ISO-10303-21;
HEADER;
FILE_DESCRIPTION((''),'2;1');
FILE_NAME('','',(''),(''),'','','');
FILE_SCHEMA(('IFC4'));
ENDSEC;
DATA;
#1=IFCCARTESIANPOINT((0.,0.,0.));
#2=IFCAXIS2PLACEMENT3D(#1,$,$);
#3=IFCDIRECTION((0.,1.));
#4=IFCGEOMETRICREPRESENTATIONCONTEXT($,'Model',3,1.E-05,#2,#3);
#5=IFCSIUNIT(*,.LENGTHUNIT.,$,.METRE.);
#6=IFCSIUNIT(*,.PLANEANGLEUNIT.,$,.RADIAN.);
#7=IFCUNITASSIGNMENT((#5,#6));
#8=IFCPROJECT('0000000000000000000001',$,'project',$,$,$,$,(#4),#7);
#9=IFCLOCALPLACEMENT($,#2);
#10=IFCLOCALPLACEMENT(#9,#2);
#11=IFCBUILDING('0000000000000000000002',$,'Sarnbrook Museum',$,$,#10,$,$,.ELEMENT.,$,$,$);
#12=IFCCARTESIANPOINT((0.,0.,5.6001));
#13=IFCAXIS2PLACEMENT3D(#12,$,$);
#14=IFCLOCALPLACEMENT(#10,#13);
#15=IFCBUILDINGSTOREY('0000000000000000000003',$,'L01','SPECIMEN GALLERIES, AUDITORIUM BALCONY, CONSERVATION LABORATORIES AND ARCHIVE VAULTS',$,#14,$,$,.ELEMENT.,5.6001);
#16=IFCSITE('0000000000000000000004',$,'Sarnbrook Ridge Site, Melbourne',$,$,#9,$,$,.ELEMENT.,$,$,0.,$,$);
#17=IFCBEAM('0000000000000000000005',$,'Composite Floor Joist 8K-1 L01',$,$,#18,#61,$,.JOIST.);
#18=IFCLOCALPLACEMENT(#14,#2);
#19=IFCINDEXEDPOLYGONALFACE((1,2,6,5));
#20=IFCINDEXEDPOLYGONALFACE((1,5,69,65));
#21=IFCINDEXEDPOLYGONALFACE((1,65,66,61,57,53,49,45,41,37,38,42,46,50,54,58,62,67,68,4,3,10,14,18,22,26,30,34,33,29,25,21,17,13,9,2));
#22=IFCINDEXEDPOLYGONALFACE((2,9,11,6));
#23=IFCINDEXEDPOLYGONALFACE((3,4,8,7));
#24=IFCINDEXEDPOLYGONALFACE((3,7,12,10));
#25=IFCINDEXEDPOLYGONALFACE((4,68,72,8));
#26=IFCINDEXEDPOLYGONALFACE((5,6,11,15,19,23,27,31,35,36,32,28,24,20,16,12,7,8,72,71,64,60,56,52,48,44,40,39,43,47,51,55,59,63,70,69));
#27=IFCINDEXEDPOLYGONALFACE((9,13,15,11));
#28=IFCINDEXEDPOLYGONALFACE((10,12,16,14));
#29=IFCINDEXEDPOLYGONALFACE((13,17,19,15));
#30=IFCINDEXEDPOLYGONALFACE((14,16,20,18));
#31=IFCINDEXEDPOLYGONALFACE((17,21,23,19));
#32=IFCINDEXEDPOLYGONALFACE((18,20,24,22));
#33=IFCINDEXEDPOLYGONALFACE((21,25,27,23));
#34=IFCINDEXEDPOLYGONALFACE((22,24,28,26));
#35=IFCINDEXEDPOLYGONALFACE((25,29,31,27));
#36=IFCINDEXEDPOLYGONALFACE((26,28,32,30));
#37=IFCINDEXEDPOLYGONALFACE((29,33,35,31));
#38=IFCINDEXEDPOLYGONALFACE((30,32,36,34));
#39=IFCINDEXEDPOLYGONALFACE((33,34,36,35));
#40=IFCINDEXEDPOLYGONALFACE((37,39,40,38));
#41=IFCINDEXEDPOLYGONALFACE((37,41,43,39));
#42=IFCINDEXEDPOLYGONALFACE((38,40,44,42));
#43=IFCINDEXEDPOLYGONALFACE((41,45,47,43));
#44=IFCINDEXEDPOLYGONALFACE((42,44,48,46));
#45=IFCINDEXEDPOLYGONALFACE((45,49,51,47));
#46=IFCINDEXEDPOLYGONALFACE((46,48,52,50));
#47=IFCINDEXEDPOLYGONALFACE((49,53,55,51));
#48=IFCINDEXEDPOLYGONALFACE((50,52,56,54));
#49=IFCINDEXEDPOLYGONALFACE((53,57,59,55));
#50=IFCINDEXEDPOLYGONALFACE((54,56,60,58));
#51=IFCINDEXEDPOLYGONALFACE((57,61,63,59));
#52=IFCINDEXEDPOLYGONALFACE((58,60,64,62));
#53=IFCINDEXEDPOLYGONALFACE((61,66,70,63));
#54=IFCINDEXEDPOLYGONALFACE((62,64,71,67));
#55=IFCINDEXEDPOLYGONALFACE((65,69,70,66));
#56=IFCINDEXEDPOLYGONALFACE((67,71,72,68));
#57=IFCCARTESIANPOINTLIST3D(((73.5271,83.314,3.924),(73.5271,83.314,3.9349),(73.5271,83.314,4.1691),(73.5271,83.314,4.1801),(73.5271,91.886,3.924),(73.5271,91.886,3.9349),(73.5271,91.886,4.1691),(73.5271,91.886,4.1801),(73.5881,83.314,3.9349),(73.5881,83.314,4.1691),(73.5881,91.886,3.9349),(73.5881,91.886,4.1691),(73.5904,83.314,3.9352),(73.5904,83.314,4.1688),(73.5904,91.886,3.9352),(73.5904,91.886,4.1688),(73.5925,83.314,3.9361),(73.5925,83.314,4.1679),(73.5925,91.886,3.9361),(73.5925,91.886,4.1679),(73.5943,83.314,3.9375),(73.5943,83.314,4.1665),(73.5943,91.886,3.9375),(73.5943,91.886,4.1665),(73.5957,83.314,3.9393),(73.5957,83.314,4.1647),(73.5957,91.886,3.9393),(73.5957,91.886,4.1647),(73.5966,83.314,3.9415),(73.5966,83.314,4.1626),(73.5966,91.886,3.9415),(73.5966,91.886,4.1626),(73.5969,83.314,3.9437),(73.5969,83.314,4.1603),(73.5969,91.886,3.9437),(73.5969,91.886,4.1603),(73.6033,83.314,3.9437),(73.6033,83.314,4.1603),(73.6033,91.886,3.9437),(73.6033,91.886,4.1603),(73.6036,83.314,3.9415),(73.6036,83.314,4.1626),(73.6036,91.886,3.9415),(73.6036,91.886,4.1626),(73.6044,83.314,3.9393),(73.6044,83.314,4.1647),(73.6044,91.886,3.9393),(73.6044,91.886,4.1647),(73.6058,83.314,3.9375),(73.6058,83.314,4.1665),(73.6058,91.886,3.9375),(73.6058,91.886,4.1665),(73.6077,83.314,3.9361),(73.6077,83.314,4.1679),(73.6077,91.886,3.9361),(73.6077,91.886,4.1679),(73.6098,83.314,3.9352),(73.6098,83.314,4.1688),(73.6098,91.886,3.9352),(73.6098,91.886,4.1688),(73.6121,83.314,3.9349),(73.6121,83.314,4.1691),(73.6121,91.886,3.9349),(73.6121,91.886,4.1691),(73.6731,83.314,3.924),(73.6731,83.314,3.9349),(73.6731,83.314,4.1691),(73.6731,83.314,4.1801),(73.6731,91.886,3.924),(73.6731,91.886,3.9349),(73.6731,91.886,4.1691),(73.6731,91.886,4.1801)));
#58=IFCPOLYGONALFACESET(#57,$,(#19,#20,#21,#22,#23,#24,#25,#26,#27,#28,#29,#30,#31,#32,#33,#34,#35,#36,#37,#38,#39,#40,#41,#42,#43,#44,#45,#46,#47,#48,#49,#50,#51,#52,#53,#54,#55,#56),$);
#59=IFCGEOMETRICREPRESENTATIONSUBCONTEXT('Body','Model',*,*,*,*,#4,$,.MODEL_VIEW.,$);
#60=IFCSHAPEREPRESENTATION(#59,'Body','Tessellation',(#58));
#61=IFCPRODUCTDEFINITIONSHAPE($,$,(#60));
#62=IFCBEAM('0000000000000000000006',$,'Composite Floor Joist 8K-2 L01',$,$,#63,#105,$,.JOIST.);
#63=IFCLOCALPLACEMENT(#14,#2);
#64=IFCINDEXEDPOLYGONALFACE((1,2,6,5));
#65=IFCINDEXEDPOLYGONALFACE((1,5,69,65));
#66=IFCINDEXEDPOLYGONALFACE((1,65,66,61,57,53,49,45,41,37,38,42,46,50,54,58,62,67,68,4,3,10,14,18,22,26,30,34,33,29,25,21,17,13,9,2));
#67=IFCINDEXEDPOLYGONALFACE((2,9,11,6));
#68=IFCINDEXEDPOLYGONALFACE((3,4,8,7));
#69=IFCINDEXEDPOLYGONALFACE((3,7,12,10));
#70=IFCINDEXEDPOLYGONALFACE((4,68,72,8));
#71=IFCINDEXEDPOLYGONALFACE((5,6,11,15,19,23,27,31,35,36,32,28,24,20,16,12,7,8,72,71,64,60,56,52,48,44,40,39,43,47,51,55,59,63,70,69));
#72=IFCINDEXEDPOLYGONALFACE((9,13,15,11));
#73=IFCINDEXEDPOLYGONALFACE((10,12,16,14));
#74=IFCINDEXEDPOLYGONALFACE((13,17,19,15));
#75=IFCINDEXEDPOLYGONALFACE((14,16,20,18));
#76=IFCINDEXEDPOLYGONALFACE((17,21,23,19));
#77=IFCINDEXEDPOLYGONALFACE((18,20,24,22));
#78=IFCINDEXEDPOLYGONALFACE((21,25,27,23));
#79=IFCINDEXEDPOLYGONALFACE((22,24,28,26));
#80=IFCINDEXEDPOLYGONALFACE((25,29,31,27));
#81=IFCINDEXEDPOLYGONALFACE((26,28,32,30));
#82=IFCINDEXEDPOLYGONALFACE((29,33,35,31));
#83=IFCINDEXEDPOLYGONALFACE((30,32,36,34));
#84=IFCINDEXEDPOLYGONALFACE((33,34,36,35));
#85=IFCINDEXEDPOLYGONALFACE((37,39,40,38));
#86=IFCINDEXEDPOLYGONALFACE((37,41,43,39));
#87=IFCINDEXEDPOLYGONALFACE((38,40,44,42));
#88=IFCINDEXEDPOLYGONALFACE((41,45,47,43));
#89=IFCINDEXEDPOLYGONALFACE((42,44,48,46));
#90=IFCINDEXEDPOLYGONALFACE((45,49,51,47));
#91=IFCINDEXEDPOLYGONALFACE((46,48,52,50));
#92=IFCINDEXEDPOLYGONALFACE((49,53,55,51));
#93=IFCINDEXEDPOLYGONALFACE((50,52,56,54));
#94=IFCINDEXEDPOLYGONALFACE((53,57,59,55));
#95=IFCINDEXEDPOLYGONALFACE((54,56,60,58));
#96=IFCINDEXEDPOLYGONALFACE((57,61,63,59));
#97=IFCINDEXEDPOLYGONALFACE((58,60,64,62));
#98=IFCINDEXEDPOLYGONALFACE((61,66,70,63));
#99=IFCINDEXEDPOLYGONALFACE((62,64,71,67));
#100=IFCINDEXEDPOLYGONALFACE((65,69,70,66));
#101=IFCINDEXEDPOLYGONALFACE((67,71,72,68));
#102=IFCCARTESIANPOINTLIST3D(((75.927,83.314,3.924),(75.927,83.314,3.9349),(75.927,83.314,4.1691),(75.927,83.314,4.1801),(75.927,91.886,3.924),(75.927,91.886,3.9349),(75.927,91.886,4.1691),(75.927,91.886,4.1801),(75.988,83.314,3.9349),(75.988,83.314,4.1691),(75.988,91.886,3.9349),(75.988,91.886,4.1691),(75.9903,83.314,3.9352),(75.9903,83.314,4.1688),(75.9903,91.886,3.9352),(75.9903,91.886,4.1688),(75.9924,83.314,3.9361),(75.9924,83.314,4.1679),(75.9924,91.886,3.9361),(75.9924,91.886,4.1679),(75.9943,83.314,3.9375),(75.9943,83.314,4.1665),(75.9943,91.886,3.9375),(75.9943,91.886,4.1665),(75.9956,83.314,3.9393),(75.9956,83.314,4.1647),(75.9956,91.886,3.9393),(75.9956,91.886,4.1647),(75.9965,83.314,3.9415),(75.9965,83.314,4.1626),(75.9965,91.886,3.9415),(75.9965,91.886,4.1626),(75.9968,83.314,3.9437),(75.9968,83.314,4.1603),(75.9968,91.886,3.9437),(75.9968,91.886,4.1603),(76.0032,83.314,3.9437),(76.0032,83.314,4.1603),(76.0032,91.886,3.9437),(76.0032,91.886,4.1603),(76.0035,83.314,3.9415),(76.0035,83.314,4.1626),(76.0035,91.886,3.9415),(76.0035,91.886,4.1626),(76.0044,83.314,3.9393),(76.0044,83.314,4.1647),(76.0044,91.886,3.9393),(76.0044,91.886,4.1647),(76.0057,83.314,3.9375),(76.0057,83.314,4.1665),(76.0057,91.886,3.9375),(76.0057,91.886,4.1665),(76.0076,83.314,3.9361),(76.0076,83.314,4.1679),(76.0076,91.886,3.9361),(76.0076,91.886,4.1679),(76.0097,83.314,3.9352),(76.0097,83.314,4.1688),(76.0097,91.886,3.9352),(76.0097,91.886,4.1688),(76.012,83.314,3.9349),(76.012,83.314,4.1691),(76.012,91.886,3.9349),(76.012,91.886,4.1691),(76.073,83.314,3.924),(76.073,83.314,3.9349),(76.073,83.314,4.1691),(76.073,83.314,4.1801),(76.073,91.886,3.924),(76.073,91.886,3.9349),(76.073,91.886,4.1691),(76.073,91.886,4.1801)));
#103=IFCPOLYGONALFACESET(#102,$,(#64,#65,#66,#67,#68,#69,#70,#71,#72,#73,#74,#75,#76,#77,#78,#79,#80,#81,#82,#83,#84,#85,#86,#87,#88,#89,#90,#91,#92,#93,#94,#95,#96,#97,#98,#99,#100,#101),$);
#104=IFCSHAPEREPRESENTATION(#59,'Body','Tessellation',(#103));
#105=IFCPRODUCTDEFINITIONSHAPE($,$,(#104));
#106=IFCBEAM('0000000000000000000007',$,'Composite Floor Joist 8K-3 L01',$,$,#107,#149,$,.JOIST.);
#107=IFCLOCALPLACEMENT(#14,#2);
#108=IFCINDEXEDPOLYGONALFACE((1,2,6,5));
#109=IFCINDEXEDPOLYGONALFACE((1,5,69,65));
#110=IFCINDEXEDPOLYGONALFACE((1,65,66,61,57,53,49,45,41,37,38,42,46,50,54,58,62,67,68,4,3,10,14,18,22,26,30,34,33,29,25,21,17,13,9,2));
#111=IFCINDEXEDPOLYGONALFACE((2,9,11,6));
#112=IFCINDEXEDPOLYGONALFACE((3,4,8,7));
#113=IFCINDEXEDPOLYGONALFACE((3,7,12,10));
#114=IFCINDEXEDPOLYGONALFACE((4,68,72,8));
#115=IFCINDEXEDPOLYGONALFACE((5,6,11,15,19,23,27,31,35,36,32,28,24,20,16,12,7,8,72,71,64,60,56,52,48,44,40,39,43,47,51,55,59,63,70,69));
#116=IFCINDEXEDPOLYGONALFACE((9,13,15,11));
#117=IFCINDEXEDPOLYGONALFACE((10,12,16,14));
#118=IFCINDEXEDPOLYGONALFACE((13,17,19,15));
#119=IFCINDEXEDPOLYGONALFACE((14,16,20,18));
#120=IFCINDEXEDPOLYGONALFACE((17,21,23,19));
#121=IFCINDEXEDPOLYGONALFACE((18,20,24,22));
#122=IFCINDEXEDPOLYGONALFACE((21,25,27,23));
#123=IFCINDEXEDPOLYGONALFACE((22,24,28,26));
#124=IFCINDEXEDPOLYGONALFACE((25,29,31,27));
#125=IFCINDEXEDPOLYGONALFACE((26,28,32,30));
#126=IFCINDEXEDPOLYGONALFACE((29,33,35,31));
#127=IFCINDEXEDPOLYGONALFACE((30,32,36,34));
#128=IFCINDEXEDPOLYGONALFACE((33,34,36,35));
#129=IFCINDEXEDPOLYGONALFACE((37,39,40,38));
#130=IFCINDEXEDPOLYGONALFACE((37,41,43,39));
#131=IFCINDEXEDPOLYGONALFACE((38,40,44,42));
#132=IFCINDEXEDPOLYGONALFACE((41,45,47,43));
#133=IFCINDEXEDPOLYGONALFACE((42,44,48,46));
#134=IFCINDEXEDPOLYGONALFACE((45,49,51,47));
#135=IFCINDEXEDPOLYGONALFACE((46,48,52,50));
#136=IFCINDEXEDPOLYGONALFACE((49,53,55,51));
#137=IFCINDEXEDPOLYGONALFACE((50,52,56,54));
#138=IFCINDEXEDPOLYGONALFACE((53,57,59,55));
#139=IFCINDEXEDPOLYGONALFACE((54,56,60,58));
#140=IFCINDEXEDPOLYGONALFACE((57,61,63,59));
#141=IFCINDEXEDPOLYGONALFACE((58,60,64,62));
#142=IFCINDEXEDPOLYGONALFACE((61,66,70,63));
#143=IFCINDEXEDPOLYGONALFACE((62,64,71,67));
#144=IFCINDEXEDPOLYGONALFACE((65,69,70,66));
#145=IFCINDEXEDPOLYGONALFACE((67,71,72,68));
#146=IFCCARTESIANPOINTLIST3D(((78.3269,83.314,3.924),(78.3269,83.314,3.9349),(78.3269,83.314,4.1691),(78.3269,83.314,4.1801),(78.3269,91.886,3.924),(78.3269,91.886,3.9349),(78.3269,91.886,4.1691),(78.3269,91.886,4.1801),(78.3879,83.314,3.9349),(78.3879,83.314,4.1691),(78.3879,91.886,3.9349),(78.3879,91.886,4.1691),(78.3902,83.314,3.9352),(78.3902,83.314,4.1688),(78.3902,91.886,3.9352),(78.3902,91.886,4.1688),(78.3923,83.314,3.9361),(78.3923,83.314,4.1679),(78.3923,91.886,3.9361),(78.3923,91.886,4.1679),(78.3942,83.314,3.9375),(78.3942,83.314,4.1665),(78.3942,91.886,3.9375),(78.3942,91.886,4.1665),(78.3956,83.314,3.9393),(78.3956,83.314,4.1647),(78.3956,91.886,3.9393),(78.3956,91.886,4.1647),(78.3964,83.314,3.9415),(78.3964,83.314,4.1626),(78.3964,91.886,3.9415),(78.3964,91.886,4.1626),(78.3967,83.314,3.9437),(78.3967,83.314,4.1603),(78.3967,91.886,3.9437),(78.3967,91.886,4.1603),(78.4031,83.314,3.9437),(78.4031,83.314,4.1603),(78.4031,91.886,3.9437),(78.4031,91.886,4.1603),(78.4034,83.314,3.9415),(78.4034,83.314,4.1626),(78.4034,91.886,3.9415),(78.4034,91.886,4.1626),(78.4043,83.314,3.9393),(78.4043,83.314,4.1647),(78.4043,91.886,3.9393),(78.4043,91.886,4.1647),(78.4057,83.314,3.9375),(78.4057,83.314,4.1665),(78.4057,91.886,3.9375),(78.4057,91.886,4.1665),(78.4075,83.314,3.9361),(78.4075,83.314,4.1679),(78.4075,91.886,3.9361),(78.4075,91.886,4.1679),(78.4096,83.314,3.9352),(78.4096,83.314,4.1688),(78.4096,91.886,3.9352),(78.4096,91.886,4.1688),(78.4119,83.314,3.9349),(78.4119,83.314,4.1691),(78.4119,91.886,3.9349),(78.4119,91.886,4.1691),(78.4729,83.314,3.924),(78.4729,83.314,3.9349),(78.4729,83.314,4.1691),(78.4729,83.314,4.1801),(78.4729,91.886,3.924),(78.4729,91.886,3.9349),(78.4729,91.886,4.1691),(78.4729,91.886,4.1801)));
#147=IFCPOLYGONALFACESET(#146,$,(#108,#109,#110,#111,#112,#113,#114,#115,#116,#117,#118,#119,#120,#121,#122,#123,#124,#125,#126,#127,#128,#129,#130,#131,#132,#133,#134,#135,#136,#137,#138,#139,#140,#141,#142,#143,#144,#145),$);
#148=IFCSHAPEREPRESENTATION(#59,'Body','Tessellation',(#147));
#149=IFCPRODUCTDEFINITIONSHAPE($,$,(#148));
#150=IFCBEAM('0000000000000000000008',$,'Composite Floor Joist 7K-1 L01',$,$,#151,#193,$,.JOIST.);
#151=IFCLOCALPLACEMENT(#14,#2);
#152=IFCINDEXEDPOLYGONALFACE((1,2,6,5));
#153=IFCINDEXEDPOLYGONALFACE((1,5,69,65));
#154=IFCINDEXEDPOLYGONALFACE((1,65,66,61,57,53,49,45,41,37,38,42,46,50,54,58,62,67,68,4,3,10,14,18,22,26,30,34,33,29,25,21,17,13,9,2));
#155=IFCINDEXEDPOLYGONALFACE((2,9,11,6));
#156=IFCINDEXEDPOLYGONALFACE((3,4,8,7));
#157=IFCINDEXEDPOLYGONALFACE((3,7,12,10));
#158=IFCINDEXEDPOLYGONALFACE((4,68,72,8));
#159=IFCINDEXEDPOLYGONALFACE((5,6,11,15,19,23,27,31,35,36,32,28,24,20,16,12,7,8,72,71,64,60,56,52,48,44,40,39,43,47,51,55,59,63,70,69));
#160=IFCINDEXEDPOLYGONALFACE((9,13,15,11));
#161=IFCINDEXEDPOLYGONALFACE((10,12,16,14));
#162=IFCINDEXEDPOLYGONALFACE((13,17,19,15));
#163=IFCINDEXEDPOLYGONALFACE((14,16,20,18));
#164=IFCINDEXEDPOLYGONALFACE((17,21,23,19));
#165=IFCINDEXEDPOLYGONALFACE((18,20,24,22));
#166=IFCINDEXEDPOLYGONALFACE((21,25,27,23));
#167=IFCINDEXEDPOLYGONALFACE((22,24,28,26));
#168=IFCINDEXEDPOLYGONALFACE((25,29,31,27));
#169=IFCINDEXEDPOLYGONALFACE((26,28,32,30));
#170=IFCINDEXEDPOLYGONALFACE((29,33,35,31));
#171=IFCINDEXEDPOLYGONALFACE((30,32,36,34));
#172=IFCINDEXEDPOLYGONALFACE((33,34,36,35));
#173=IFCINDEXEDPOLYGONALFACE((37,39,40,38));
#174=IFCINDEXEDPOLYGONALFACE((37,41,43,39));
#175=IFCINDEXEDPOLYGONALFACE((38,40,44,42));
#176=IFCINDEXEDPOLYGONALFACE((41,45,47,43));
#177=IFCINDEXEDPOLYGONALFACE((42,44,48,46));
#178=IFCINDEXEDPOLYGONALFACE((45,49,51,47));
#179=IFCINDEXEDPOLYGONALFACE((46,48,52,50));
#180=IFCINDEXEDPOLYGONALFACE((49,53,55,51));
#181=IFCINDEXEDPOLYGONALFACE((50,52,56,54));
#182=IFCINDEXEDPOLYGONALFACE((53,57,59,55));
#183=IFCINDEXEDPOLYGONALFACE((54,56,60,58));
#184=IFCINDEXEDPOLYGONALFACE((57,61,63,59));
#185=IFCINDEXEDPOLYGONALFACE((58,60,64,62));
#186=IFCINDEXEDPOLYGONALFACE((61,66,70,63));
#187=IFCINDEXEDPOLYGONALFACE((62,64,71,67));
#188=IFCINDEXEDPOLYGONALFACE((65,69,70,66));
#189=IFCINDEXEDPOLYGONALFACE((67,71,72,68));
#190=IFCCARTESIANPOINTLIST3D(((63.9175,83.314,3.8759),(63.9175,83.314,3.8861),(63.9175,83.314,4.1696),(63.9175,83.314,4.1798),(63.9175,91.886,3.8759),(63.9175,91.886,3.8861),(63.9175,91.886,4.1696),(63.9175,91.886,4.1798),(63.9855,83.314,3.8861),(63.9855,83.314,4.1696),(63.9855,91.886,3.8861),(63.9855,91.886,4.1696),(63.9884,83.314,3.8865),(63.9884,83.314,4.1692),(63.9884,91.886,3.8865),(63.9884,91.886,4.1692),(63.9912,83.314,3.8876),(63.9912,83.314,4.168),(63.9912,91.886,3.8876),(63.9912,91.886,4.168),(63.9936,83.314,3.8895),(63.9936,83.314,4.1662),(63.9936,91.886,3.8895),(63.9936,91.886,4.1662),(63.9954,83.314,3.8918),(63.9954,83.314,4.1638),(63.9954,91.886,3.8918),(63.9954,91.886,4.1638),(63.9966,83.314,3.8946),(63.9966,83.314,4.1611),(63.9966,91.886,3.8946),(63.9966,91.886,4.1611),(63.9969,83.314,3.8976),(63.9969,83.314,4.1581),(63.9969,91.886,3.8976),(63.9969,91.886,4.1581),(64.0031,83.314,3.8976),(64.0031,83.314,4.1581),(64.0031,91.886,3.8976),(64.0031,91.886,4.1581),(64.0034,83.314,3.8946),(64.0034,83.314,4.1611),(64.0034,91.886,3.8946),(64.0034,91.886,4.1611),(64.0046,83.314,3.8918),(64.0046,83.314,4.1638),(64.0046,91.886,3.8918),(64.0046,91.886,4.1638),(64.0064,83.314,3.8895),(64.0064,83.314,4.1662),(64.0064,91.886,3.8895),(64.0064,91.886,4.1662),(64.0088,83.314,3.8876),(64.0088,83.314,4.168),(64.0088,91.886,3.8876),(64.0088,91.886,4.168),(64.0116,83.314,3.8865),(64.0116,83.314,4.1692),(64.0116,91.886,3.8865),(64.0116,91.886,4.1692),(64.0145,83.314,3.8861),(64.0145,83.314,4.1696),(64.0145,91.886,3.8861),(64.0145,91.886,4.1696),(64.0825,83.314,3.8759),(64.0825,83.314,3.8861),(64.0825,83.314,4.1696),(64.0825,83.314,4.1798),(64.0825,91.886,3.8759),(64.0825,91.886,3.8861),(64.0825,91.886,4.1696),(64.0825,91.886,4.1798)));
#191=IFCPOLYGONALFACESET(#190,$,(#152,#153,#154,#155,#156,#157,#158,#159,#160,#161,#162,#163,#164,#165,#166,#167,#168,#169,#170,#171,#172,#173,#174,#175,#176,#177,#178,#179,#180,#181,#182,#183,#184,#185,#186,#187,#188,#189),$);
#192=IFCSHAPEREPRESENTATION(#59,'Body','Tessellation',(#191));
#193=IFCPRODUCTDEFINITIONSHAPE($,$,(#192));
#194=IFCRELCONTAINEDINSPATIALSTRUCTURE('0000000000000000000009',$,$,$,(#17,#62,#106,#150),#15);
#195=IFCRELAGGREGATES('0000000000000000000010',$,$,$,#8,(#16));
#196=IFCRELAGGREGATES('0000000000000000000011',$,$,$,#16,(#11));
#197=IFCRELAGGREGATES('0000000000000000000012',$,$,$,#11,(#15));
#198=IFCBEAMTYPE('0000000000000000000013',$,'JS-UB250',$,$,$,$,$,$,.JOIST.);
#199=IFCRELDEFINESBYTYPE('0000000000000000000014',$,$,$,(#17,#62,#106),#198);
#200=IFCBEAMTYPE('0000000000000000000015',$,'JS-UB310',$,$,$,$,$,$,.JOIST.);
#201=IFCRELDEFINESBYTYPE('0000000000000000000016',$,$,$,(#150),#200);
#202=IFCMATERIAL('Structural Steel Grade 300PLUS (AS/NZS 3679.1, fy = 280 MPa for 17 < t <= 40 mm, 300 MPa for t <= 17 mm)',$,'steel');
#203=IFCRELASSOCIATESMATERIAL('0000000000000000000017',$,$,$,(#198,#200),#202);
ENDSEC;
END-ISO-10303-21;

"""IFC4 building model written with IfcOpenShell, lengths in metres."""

from ifc_helpers import new_model, si_unit, direction, frame, origin, origin_2d, place, context, subcontext, project, spatial, i_section, extrude, material, material_profile, profile_set, type_object, element, save


model = new_model("IFC4")

# Units and contexts
model_context = context("Model", 3, precision=1e-05, world=origin(), true_north=direction((0.0, 1.0)))
body_context = subcontext(model_context, "Body", "Model", "MODEL_VIEW")
ifc_project = project(units=[si_unit("LENGTHUNIT", "METRE"), si_unit("PLANEANGLEUNIT", "RADIAN")], contexts=[model_context])

# Site, building, storey
site_placement = place(None, origin())
site = spatial("IfcSite", under=ifc_project, at=site_placement, Name="Sarnbrook Ridge Site, Melbourne", CompositionType="ELEMENT", RefElevation=0.0)
building_placement = place(site_placement, origin())
building = spatial("IfcBuilding", under=site, at=building_placement, Name="Sarnbrook Museum", CompositionType="ELEMENT")
storey_placement = place(building_placement, frame((0.0, 0.0, 5.6001)))
storey = spatial("IfcBuildingStorey", under=building, at=storey_placement, Name="L01", Description="SPECIMEN GALLERIES, AUDITORIUM BALCONY, CONSERVATION LABORATORIES AND ARCHIVE VAULTS", CompositionType="ELEMENT", Elevation=5.6001)

# Beams
ifc_material_1 = material(Name="Structural Steel Grade 300PLUS (AS/NZS 3679.1, fy = 280 MPa for 17 < t <= 40 mm, 300 MPa for t <= 17 mm)", Category="steel")
ifc_material_profile_1 = material_profile(ifc_material_1, i_section(OverallWidth=0.146, OverallDepth=0.2561, WebThickness=0.0063, FlangeThickness=0.011, FilletRadius=0.0088, at=origin_2d()), Name="250UB37.3")
ifc_profile_set_1 = profile_set([ifc_material_profile_1], Name="Structural Steel Grade 300PLUS (AS/NZS 3679.1, fy = 280 MPa for 17 < t <= 40 mm, 300 MPa for t <= 17 mm)")
beam_type_1 = type_object("IfcBeamType", Name="JS-UB250", PredefinedType="JOIST", material=ifc_profile_set_1)
for number, where, z_axis, x_axis, name in (
    (1, (73.6001, 83.314, 4.052), (0.0, 1.0, 0.0), (-1.0, 0.0, 0.0), "Composite Floor Joist 8K-1 L01"),
    (2, (76.0, 83.314, 4.052), (0.0, 1.0, 0.0), (-1.0, 0.0, 0.0), "Composite Floor Joist 8K-2 L01"),
    (3, (78.3999, 83.314, 4.052), (0.0, 1.0, 0.0), (-1.0, 0.0, 0.0), "Composite Floor Joist 8K-3 L01"),
):
    element("IfcBeam", number, at=place(storey_placement, frame(where, z_axis=z_axis, x_axis=x_axis)), inside=storey, type_object=beam_type_1, Name=name, PredefinedType="JOIST", context=body_context, shape_type="SweptSolid", body=[
        extrude(i_section(OverallWidth=0.146, OverallDepth=0.2561, WebThickness=0.0063, FlangeThickness=0.011, FilletRadius=0.0088, at=origin_2d()), origin(), (0.0, 0.0, 1.0), 8.572),
    ])
ifc_material_profile_2 = material_profile(ifc_material_1, i_section(OverallWidth=0.165, OverallDepth=0.304, WebThickness=0.0061, FlangeThickness=0.0103, FilletRadius=0.0115, at=origin_2d()), Name="310UB40.4")
ifc_profile_set_2 = profile_set([ifc_material_profile_2], Name="Structural Steel Grade 300PLUS (AS/NZS 3679.1, fy = 280 MPa for 17 < t <= 40 mm, 300 MPa for t <= 17 mm)")
beam_type_2 = type_object("IfcBeamType", Name="JS-UB310", PredefinedType="JOIST", material=ifc_profile_set_2)
for number, where, z_axis, x_axis, name in (
    (4, (64.0, 83.314, 4.0278), (0.0, 1.0, 0.0), (-1.0, 0.0, 0.0), "Composite Floor Joist 7K-1 L01"),
):
    element("IfcBeam", number, at=place(storey_placement, frame(where, z_axis=z_axis, x_axis=x_axis)), inside=storey, type_object=beam_type_2, Name=name, PredefinedType="JOIST", context=body_context, shape_type="SweptSolid", body=[
        extrude(i_section(OverallWidth=0.165, OverallDepth=0.304, WebThickness=0.0061, FlangeThickness=0.0103, FilletRadius=0.0115, at=origin_2d()), origin(), (0.0, 0.0, 1.0), 8.572),
    ])

save(model, "model.ifc")
